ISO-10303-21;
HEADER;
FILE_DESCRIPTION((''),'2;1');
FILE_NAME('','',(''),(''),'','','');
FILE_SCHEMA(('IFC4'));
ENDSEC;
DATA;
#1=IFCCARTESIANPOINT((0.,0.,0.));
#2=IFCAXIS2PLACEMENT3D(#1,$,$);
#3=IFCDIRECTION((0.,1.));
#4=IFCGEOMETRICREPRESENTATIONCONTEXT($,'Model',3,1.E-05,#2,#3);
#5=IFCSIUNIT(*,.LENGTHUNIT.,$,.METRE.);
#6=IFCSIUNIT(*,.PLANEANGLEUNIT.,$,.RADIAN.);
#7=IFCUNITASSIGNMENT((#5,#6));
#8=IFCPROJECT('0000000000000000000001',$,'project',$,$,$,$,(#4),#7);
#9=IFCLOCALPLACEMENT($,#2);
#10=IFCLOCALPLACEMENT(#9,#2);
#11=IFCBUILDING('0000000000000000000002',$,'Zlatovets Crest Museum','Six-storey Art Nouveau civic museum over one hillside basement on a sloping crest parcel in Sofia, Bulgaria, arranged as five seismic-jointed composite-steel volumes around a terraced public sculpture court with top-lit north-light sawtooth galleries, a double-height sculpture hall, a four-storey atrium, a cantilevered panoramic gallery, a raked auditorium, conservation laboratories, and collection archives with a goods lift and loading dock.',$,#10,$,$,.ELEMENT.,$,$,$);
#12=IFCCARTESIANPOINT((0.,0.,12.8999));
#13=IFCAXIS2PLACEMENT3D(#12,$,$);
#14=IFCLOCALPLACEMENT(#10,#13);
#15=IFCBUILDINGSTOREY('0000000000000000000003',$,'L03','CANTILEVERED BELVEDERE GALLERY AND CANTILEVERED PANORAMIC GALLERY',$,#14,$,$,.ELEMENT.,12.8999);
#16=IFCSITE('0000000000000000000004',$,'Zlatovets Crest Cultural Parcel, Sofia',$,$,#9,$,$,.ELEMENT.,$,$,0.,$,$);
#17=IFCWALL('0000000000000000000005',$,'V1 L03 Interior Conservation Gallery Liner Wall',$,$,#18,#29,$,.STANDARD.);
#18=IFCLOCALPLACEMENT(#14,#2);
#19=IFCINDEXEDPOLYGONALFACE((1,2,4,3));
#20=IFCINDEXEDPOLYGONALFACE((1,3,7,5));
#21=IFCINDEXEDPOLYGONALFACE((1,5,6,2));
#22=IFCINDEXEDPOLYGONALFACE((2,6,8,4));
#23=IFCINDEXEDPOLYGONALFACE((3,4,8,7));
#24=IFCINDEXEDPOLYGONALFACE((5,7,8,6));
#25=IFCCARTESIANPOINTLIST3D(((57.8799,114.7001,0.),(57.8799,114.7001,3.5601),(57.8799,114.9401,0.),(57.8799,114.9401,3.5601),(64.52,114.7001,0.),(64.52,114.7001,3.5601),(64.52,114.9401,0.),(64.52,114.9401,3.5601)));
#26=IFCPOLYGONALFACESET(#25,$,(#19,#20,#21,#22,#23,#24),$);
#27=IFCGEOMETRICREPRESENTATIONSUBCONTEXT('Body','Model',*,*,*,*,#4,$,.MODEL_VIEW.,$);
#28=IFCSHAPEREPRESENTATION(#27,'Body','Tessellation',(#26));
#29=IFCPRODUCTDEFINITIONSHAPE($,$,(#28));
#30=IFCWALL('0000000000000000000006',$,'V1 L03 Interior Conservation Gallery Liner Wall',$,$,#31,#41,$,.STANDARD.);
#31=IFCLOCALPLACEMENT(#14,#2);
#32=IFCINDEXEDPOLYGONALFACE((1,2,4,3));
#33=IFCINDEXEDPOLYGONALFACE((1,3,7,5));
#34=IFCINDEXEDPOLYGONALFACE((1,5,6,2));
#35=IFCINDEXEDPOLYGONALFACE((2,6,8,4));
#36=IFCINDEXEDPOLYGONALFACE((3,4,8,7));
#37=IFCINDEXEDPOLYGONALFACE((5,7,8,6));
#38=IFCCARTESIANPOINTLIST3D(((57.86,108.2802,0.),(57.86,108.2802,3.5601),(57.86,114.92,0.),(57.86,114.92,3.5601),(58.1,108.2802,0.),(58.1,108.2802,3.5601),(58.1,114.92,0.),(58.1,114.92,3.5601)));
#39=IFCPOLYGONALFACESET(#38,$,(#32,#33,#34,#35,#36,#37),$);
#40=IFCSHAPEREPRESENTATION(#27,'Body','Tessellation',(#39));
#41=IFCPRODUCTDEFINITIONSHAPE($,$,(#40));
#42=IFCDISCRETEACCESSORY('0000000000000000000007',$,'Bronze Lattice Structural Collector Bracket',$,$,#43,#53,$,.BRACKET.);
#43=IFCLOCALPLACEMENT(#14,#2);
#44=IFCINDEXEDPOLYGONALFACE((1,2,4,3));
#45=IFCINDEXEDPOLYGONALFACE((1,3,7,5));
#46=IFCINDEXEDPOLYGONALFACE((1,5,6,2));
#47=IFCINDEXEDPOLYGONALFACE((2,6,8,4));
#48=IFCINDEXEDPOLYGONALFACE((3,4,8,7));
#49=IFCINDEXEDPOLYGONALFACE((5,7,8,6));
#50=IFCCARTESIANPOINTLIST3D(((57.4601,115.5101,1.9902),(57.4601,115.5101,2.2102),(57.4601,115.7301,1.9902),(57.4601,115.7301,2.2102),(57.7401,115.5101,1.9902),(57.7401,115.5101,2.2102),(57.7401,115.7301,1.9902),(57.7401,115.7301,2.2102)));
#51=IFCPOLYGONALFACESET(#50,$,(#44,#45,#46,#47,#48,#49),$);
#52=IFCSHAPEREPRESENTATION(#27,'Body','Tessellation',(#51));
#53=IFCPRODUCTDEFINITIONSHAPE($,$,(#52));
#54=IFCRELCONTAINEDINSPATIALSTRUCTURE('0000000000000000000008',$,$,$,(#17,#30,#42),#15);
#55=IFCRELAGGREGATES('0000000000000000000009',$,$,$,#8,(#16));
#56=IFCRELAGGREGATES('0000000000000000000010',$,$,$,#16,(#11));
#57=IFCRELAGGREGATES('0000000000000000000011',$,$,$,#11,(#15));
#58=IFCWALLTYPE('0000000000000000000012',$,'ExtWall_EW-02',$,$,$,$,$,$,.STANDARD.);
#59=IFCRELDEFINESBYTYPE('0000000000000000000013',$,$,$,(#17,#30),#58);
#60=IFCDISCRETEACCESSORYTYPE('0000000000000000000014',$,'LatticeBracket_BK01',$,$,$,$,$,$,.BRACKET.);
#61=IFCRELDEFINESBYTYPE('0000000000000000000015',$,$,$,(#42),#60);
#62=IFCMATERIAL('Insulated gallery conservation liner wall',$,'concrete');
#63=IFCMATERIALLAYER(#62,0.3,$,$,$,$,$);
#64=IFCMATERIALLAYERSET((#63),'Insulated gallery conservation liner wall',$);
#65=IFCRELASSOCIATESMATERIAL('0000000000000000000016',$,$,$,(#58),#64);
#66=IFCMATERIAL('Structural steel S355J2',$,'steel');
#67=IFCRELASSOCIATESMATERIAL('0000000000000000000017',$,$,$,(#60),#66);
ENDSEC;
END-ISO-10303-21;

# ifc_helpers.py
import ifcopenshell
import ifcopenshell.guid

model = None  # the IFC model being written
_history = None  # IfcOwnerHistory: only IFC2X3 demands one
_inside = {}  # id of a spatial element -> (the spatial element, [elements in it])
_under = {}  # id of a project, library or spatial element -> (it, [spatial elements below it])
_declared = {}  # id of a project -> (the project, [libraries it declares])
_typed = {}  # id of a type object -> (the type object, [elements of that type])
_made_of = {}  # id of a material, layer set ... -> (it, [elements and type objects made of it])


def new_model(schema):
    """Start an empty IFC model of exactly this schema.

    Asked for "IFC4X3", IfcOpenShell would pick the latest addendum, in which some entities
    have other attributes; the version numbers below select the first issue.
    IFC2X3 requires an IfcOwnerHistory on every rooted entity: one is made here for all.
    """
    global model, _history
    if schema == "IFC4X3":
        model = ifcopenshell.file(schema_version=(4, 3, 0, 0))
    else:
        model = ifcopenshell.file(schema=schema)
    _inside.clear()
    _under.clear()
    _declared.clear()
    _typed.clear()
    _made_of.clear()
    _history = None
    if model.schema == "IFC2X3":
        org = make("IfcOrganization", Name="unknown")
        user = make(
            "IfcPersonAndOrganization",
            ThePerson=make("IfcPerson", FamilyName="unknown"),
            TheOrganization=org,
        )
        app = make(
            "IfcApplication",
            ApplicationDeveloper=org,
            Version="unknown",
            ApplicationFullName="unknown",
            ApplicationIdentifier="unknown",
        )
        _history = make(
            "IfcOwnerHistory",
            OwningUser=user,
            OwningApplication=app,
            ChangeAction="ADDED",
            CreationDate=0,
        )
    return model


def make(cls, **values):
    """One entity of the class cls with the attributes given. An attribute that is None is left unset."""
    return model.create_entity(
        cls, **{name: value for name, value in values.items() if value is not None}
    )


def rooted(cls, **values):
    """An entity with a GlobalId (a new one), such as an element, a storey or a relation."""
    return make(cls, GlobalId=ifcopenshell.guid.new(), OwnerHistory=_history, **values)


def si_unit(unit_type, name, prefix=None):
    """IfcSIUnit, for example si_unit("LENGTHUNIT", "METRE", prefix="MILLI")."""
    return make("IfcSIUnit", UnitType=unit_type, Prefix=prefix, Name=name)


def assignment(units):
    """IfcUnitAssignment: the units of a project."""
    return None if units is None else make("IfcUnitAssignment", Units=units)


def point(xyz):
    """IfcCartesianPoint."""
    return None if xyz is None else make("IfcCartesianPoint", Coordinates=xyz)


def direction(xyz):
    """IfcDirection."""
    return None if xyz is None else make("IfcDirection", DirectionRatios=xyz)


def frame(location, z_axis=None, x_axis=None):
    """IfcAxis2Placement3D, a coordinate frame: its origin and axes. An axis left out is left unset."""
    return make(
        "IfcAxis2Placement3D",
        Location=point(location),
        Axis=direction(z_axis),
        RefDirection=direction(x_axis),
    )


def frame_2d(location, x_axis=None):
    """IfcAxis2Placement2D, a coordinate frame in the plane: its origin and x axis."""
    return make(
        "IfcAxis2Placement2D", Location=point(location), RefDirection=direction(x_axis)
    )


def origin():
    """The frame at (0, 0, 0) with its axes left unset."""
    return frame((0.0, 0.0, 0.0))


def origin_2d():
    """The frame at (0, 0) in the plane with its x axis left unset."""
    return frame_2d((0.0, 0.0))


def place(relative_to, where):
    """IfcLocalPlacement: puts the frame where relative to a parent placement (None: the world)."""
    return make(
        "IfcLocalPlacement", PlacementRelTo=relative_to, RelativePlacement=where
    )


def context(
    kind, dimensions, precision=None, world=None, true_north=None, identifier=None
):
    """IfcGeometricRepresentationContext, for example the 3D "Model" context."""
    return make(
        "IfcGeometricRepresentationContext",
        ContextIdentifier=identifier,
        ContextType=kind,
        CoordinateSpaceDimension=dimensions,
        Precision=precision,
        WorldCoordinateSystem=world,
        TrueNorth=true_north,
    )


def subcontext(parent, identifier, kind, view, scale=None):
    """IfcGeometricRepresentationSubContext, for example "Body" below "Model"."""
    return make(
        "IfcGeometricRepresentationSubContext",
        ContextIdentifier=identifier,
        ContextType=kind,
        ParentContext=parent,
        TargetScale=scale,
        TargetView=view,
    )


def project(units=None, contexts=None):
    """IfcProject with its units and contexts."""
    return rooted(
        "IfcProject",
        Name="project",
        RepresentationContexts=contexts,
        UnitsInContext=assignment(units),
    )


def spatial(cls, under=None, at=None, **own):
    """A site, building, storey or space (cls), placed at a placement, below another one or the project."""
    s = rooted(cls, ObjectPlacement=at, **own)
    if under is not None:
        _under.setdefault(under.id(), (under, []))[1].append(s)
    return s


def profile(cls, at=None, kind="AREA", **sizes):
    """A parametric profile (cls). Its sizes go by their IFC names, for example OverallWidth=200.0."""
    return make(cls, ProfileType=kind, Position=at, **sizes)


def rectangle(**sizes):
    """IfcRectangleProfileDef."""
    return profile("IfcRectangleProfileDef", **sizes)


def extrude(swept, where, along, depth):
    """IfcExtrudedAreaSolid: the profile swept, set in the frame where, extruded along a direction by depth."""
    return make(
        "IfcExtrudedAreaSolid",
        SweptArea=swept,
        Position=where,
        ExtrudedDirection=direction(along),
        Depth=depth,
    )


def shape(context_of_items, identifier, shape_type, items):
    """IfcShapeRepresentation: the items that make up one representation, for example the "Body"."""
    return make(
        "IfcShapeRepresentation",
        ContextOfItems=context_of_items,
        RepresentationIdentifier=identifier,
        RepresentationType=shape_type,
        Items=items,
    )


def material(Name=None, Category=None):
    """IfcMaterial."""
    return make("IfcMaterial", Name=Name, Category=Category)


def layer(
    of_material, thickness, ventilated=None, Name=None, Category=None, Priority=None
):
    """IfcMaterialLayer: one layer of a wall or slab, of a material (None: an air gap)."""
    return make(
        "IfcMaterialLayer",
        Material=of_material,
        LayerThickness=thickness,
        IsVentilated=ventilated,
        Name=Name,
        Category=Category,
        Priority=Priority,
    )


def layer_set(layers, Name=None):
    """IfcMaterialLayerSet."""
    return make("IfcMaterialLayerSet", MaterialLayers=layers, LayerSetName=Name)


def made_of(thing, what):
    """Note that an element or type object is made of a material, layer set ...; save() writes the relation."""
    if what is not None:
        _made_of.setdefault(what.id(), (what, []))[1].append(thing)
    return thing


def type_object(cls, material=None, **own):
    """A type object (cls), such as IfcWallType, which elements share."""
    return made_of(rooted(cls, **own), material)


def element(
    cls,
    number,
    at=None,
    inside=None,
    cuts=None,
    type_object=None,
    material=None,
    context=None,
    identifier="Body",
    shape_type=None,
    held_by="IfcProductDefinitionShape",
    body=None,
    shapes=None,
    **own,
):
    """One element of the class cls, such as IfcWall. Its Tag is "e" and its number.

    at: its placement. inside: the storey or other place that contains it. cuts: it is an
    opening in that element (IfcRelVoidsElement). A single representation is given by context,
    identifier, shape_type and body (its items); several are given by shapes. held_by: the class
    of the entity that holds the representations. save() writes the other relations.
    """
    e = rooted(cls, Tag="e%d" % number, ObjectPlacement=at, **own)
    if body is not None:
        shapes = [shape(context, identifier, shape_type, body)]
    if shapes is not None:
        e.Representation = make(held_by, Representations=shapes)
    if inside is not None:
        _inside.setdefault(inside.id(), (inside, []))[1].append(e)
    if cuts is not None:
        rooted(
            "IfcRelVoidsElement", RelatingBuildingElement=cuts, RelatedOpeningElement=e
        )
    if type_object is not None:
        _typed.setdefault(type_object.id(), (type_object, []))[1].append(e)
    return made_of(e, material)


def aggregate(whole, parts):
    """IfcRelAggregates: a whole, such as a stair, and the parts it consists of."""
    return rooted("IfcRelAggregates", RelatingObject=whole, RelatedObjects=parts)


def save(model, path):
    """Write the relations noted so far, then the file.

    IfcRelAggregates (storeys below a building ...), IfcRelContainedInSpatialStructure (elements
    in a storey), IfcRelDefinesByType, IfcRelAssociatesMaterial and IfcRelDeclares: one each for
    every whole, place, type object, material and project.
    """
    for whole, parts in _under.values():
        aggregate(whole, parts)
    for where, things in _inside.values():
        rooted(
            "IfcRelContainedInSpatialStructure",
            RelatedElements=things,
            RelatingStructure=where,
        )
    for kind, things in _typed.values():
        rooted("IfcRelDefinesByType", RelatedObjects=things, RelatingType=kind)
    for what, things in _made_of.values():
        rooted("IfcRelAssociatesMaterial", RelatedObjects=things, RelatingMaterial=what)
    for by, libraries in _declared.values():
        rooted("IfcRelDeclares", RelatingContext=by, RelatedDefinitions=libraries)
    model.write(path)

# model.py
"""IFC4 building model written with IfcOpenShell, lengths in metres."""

from ifc_helpers import new_model, si_unit, direction, frame, frame_2d, origin, origin_2d, place, context, subcontext, project, spatial, rectangle, extrude, material, layer, layer_set, type_object, element, save


model = new_model("IFC4")

# Units and contexts
model_context = context("Model", 3, precision=1e-05, world=origin(), true_north=direction((0.0, 1.0)))
body_context = subcontext(model_context, "Body", "Model", "MODEL_VIEW")
ifc_project = project(units=[si_unit("LENGTHUNIT", "METRE"), si_unit("PLANEANGLEUNIT", "RADIAN")], contexts=[model_context])

# Site, building, storey
site_placement = place(None, origin())
site = spatial("IfcSite", under=ifc_project, at=site_placement, Name="Zlatovets Crest Cultural Parcel, Sofia", CompositionType="ELEMENT", RefElevation=0.0)
building_placement = place(site_placement, origin())
building = spatial("IfcBuilding", under=site, at=building_placement, Name="Zlatovets Crest Museum", Description="Six-storey Art Nouveau civic museum over one hillside basement on a sloping crest parcel in Sofia, Bulgaria, arranged as five seismic-jointed composite-steel volumes around a terraced public sculpture court with top-lit north-light sawtooth galleries, a double-height sculpture hall, a four-storey atrium, a cantilevered panoramic gallery, a raked auditorium, conservation laboratories, and collection archives with a goods lift and loading dock.", CompositionType="ELEMENT")
storey_placement = place(building_placement, frame((0.0, 0.0, 12.8999)))
storey = spatial("IfcBuildingStorey", under=building, at=storey_placement, Name="L03", Description="CANTILEVERED BELVEDERE GALLERY AND CANTILEVERED PANORAMIC GALLERY", CompositionType="ELEMENT", Elevation=12.8999)

# Shared definitions
ifc_material_1 = material(Name="Structural steel S355J2", Category="steel")

# Walls
ifc_material_2 = material(Name="Insulated gallery conservation liner wall", Category="concrete")
ifc_layer_1 = layer(ifc_material_2, 0.3)
ifc_layer_set_1 = layer_set([ifc_layer_1], Name="Insulated gallery conservation liner wall")
wall_type = type_object("IfcWallType", Name="ExtWall_EW-02", PredefinedType="STANDARD", material=ifc_layer_set_1)
wall_1_placement = place(storey_placement, frame((64.52, 114.8201, 0.0), z_axis=(0.0, 0.0, 1.0), x_axis=(-1.0, 0.0, 0.0)))
element("IfcWall", 1, at=wall_1_placement, inside=storey, type_object=wall_type, Name="V1 L03 Interior Conservation Gallery Liner Wall", PredefinedType="STANDARD", context=body_context, shape_type="SweptSolid", body=[
    extrude(rectangle(XDim=6.6401, YDim=0.24, at=frame_2d((3.3201, 0.0))), origin(), (0.0, 0.0, 1.0), 3.5601),
])
wall_2_placement = place(storey_placement, frame((57.98, 114.9199, 0.0), z_axis=(0.0, 0.0, 1.0), x_axis=(0.0, -1.0, 0.0)))
element("IfcWall", 2, at=wall_2_placement, inside=storey, type_object=wall_type, Name="V1 L03 Interior Conservation Gallery Liner Wall", PredefinedType="STANDARD", context=body_context, shape_type="SweptSolid", body=[
    extrude(rectangle(XDim=6.6399, YDim=0.24, at=frame_2d((3.3198, 0.0))), origin(), (0.0, 0.0, 1.0), 3.5601),
])

# Discrete accessory
discrete_accessory_type = type_object("IfcDiscreteAccessoryType", Name="LatticeBracket_BK01", PredefinedType="BRACKET", material=ifc_material_1)
discrete_accessory_placement = place(storey_placement, frame((57.6001, 115.6201, 1.9902), z_axis=(0.0, 0.0, 1.0), x_axis=(1.0, 0.0, 0.0)))
element("IfcDiscreteAccessory", 3, at=discrete_accessory_placement, inside=storey, type_object=discrete_accessory_type, Name="Bronze Lattice Structural Collector Bracket", PredefinedType="BRACKET", context=body_context, shape_type="SweptSolid", body=[
    extrude(rectangle(XDim=0.28, YDim=0.22, at=origin_2d()), origin(), (0.0, 0.0, 1.0), 0.22),
])

save(model, "model.ifc")
